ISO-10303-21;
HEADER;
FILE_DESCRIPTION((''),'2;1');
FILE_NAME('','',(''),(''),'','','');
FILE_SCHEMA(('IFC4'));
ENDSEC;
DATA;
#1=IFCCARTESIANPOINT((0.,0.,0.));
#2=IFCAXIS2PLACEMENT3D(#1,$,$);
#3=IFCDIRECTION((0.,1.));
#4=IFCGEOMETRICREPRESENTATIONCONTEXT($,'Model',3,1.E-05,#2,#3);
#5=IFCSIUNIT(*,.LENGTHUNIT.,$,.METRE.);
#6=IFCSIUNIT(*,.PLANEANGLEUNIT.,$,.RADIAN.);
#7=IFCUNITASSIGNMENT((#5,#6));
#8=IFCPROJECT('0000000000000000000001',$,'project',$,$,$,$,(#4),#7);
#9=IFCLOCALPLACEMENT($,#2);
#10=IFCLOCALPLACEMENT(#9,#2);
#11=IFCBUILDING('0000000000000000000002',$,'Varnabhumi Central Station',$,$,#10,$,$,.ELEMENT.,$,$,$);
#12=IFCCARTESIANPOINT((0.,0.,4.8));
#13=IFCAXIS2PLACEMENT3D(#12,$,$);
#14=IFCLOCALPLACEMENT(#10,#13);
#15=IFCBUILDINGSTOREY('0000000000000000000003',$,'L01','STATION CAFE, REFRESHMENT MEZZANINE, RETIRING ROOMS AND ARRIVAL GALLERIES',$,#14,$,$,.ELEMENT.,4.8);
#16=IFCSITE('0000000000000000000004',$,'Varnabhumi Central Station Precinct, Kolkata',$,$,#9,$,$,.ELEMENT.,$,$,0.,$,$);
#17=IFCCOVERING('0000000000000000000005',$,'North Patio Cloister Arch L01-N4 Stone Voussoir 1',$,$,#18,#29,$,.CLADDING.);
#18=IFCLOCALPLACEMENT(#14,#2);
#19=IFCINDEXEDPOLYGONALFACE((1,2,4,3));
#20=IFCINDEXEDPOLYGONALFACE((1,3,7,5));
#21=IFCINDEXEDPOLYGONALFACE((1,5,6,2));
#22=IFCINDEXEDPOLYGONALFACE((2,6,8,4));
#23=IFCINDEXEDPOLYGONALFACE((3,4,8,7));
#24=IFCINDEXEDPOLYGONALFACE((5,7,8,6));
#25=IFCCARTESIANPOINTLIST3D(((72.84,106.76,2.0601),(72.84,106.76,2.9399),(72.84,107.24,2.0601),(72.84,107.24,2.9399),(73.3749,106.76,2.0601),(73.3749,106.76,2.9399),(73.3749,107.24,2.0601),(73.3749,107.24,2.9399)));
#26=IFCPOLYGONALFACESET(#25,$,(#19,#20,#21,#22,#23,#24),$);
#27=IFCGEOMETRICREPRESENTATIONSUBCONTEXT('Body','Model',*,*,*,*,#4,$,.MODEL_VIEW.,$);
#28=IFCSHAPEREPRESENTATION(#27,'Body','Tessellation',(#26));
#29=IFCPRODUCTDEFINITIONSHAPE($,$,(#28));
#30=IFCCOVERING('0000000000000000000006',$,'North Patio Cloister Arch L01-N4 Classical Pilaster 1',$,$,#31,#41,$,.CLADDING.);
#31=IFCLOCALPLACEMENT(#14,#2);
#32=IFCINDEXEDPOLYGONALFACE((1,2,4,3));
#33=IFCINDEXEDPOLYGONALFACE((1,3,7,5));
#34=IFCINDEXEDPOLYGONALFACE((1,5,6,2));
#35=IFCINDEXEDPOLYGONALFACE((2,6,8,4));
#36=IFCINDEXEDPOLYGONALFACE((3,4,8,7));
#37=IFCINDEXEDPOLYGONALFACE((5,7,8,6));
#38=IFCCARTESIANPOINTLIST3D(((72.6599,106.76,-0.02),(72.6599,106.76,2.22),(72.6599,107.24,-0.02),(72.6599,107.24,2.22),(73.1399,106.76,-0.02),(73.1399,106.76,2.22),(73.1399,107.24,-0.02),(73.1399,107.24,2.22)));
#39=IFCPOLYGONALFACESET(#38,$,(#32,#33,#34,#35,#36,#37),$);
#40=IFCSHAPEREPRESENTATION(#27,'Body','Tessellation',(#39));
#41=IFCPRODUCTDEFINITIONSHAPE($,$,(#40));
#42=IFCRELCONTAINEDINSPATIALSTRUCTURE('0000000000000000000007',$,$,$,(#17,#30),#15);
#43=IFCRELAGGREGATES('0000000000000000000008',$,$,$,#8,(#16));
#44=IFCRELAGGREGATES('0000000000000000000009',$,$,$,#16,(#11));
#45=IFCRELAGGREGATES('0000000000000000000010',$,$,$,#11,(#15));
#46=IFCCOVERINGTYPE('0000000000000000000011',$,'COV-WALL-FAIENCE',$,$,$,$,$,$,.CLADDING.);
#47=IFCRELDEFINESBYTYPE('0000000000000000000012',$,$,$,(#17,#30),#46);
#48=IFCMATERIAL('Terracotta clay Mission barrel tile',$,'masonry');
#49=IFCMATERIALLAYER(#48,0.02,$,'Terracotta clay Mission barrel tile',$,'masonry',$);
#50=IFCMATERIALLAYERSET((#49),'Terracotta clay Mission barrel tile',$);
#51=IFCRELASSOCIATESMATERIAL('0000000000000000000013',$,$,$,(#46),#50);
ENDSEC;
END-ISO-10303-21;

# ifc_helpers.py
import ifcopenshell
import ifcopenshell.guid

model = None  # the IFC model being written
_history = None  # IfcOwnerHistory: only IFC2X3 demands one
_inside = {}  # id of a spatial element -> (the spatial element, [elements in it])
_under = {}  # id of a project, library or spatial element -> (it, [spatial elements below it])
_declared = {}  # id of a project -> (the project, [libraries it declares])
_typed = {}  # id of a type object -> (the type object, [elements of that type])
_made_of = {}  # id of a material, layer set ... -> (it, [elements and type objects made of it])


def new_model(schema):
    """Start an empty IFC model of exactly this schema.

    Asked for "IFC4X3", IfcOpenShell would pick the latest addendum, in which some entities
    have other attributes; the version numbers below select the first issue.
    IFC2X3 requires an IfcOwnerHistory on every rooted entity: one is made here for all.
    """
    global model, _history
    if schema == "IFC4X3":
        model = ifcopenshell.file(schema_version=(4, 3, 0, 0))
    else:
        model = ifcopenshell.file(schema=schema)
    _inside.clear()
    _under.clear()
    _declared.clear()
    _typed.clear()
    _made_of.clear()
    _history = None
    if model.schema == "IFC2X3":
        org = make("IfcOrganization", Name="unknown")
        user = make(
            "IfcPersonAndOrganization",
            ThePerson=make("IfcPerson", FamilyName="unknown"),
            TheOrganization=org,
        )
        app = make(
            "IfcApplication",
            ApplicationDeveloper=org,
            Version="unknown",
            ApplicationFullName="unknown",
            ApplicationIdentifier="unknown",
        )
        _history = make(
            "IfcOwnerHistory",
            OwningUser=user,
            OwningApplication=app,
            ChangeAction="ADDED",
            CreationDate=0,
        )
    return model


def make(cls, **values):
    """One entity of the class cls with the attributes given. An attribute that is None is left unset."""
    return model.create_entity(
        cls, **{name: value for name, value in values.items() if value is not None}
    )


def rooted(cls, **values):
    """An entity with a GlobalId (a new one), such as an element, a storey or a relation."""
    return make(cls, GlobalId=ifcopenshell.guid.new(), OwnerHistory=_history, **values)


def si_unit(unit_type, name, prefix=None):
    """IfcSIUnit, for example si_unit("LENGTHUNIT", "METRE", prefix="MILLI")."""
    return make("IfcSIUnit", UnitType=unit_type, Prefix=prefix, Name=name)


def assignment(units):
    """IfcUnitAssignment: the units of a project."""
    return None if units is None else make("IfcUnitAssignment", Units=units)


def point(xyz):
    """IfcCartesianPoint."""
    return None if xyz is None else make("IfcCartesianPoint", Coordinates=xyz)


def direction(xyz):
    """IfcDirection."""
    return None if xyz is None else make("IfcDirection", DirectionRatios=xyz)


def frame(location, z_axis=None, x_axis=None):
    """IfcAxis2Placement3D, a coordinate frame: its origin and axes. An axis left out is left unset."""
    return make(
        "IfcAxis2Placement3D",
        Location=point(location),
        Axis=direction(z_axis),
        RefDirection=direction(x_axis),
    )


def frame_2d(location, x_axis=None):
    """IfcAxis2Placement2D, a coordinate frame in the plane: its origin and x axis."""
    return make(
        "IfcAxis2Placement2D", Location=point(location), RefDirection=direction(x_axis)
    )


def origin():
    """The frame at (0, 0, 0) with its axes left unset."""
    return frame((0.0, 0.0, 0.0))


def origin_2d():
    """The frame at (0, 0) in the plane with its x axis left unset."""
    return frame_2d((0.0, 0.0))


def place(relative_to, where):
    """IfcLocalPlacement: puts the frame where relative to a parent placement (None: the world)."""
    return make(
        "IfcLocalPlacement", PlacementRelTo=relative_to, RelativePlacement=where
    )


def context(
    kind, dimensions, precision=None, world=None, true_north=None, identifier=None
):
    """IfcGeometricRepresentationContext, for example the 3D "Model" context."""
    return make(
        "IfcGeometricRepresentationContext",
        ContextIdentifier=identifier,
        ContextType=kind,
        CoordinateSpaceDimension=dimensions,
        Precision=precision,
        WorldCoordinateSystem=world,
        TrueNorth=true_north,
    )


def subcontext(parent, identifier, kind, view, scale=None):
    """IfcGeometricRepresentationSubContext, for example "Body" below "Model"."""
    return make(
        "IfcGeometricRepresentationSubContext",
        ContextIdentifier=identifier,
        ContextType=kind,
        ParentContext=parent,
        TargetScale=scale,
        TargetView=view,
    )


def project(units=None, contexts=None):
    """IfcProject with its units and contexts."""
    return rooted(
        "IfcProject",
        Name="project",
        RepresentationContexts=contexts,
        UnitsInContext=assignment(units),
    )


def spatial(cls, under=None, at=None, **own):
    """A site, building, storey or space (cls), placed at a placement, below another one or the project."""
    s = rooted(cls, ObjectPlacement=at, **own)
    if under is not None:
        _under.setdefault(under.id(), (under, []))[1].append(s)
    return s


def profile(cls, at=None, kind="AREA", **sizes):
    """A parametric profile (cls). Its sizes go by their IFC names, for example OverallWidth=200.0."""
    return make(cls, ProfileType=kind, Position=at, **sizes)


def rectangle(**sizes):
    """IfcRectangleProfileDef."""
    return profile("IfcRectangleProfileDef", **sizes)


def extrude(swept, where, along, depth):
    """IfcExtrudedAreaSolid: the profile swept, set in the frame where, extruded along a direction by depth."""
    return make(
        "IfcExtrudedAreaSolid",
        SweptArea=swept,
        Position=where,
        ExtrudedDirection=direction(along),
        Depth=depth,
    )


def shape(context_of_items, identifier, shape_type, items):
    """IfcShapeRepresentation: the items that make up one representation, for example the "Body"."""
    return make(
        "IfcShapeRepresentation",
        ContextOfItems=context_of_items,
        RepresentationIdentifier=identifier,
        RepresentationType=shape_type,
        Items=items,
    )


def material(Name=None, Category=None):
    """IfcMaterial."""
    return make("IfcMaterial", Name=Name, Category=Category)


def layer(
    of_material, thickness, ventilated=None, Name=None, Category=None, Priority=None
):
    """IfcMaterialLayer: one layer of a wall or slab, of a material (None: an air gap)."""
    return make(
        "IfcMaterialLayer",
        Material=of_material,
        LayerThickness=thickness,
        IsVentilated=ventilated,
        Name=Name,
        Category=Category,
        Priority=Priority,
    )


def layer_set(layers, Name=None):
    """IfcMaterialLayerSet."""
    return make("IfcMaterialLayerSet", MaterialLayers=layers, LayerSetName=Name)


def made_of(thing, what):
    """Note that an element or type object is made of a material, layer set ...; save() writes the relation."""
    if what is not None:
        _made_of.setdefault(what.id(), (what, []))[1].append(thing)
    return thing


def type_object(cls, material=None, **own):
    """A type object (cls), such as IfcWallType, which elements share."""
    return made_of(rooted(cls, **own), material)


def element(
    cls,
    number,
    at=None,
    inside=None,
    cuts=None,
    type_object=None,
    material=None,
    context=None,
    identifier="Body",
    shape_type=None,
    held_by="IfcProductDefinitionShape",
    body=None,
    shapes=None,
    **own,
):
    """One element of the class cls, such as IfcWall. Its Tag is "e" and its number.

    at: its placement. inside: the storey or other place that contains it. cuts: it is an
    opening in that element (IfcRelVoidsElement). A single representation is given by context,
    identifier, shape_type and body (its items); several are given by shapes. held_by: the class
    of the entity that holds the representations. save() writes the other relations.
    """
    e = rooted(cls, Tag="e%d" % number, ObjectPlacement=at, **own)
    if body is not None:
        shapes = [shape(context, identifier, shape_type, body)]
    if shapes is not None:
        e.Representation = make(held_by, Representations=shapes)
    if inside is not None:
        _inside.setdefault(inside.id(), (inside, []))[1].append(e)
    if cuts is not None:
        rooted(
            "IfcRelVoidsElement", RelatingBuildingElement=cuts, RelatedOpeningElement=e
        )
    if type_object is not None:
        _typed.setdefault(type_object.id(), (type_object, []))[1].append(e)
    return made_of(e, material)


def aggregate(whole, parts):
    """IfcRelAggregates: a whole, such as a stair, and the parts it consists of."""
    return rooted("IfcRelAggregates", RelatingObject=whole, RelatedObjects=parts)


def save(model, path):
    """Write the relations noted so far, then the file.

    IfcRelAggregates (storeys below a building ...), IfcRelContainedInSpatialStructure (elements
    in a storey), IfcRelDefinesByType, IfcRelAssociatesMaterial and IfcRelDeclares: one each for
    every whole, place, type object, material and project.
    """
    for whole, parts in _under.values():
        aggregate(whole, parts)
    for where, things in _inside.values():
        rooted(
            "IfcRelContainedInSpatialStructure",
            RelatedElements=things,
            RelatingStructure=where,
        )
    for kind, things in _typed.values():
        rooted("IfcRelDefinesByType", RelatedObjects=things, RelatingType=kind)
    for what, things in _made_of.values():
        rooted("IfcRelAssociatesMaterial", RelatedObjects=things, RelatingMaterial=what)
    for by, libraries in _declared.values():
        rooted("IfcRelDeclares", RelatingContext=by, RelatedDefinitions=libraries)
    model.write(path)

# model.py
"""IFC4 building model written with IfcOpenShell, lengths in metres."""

from ifc_helpers import new_model, si_unit, direction, frame, origin, origin_2d, place, context, subcontext, project, spatial, rectangle, extrude, material, layer, layer_set, type_object, element, save


model = new_model("IFC4")

# Units and contexts
model_context = context("Model", 3, precision=1e-05, world=origin(), true_north=direction((0.0, 1.0)))
body_context = subcontext(model_context, "Body", "Model", "MODEL_VIEW")
ifc_project = project(units=[si_unit("LENGTHUNIT", "METRE"), si_unit("PLANEANGLEUNIT", "RADIAN")], contexts=[model_context])

# Site, building, storey
site_placement = place(None, origin())
site = spatial("IfcSite", under=ifc_project, at=site_placement, Name="Varnabhumi Central Station Precinct, Kolkata", CompositionType="ELEMENT", RefElevation=0.0)
building_placement = place(site_placement, origin())
building = spatial("IfcBuilding", under=site, at=building_placement, Name="Varnabhumi Central Station", CompositionType="ELEMENT")
storey_placement = place(building_placement, frame((0.0, 0.0, 4.8)))
storey = spatial("IfcBuildingStorey", under=building, at=storey_placement, Name="L01", Description="STATION CAFE, REFRESHMENT MEZZANINE, RETIRING ROOMS AND ARRIVAL GALLERIES", CompositionType="ELEMENT", Elevation=4.8)

# Coverings
ifc_material_1 = material(Name="Terracotta clay Mission barrel tile", Category="masonry")
ifc_layer_1 = layer(ifc_material_1, 0.02, Name="Terracotta clay Mission barrel tile", Category="masonry")
ifc_layer_set_1 = layer_set([ifc_layer_1], Name="Terracotta clay Mission barrel tile")
covering_type = type_object("IfcCoveringType", Name="COV-WALL-FAIENCE", PredefinedType="CLADDING", material=ifc_layer_set_1)
covering_1_placement = place(storey_placement, frame((73.1074, 107.0, 2.0601), z_axis=(0.0, 0.0, 1.0), x_axis=(1.0, 0.0, 0.0)))
element("IfcCovering", 1, at=covering_1_placement, inside=storey, type_object=covering_type, Name="North Patio Cloister Arch L01-N4 Stone Voussoir 1", PredefinedType="CLADDING", context=body_context, shape_type="SweptSolid", body=[
    extrude(rectangle(XDim=0.5349, YDim=0.48, at=origin_2d()), origin(), (0.0, 0.0, 1.0), 0.8799),
])
covering_2_placement = place(storey_placement, frame((72.8999, 107.0, -0.02), z_axis=(0.0, 0.0, 1.0), x_axis=(1.0, 0.0, 0.0)))
element("IfcCovering", 2, at=covering_2_placement, inside=storey, type_object=covering_type, Name="North Patio Cloister Arch L01-N4 Classical Pilaster 1", PredefinedType="CLADDING", context=body_context, shape_type="SweptSolid", body=[
    extrude(rectangle(XDim=0.48, YDim=0.48, at=origin_2d()), origin(), (0.0, 0.0, 1.0), 2.24),
])

save(model, "model.ifc")
